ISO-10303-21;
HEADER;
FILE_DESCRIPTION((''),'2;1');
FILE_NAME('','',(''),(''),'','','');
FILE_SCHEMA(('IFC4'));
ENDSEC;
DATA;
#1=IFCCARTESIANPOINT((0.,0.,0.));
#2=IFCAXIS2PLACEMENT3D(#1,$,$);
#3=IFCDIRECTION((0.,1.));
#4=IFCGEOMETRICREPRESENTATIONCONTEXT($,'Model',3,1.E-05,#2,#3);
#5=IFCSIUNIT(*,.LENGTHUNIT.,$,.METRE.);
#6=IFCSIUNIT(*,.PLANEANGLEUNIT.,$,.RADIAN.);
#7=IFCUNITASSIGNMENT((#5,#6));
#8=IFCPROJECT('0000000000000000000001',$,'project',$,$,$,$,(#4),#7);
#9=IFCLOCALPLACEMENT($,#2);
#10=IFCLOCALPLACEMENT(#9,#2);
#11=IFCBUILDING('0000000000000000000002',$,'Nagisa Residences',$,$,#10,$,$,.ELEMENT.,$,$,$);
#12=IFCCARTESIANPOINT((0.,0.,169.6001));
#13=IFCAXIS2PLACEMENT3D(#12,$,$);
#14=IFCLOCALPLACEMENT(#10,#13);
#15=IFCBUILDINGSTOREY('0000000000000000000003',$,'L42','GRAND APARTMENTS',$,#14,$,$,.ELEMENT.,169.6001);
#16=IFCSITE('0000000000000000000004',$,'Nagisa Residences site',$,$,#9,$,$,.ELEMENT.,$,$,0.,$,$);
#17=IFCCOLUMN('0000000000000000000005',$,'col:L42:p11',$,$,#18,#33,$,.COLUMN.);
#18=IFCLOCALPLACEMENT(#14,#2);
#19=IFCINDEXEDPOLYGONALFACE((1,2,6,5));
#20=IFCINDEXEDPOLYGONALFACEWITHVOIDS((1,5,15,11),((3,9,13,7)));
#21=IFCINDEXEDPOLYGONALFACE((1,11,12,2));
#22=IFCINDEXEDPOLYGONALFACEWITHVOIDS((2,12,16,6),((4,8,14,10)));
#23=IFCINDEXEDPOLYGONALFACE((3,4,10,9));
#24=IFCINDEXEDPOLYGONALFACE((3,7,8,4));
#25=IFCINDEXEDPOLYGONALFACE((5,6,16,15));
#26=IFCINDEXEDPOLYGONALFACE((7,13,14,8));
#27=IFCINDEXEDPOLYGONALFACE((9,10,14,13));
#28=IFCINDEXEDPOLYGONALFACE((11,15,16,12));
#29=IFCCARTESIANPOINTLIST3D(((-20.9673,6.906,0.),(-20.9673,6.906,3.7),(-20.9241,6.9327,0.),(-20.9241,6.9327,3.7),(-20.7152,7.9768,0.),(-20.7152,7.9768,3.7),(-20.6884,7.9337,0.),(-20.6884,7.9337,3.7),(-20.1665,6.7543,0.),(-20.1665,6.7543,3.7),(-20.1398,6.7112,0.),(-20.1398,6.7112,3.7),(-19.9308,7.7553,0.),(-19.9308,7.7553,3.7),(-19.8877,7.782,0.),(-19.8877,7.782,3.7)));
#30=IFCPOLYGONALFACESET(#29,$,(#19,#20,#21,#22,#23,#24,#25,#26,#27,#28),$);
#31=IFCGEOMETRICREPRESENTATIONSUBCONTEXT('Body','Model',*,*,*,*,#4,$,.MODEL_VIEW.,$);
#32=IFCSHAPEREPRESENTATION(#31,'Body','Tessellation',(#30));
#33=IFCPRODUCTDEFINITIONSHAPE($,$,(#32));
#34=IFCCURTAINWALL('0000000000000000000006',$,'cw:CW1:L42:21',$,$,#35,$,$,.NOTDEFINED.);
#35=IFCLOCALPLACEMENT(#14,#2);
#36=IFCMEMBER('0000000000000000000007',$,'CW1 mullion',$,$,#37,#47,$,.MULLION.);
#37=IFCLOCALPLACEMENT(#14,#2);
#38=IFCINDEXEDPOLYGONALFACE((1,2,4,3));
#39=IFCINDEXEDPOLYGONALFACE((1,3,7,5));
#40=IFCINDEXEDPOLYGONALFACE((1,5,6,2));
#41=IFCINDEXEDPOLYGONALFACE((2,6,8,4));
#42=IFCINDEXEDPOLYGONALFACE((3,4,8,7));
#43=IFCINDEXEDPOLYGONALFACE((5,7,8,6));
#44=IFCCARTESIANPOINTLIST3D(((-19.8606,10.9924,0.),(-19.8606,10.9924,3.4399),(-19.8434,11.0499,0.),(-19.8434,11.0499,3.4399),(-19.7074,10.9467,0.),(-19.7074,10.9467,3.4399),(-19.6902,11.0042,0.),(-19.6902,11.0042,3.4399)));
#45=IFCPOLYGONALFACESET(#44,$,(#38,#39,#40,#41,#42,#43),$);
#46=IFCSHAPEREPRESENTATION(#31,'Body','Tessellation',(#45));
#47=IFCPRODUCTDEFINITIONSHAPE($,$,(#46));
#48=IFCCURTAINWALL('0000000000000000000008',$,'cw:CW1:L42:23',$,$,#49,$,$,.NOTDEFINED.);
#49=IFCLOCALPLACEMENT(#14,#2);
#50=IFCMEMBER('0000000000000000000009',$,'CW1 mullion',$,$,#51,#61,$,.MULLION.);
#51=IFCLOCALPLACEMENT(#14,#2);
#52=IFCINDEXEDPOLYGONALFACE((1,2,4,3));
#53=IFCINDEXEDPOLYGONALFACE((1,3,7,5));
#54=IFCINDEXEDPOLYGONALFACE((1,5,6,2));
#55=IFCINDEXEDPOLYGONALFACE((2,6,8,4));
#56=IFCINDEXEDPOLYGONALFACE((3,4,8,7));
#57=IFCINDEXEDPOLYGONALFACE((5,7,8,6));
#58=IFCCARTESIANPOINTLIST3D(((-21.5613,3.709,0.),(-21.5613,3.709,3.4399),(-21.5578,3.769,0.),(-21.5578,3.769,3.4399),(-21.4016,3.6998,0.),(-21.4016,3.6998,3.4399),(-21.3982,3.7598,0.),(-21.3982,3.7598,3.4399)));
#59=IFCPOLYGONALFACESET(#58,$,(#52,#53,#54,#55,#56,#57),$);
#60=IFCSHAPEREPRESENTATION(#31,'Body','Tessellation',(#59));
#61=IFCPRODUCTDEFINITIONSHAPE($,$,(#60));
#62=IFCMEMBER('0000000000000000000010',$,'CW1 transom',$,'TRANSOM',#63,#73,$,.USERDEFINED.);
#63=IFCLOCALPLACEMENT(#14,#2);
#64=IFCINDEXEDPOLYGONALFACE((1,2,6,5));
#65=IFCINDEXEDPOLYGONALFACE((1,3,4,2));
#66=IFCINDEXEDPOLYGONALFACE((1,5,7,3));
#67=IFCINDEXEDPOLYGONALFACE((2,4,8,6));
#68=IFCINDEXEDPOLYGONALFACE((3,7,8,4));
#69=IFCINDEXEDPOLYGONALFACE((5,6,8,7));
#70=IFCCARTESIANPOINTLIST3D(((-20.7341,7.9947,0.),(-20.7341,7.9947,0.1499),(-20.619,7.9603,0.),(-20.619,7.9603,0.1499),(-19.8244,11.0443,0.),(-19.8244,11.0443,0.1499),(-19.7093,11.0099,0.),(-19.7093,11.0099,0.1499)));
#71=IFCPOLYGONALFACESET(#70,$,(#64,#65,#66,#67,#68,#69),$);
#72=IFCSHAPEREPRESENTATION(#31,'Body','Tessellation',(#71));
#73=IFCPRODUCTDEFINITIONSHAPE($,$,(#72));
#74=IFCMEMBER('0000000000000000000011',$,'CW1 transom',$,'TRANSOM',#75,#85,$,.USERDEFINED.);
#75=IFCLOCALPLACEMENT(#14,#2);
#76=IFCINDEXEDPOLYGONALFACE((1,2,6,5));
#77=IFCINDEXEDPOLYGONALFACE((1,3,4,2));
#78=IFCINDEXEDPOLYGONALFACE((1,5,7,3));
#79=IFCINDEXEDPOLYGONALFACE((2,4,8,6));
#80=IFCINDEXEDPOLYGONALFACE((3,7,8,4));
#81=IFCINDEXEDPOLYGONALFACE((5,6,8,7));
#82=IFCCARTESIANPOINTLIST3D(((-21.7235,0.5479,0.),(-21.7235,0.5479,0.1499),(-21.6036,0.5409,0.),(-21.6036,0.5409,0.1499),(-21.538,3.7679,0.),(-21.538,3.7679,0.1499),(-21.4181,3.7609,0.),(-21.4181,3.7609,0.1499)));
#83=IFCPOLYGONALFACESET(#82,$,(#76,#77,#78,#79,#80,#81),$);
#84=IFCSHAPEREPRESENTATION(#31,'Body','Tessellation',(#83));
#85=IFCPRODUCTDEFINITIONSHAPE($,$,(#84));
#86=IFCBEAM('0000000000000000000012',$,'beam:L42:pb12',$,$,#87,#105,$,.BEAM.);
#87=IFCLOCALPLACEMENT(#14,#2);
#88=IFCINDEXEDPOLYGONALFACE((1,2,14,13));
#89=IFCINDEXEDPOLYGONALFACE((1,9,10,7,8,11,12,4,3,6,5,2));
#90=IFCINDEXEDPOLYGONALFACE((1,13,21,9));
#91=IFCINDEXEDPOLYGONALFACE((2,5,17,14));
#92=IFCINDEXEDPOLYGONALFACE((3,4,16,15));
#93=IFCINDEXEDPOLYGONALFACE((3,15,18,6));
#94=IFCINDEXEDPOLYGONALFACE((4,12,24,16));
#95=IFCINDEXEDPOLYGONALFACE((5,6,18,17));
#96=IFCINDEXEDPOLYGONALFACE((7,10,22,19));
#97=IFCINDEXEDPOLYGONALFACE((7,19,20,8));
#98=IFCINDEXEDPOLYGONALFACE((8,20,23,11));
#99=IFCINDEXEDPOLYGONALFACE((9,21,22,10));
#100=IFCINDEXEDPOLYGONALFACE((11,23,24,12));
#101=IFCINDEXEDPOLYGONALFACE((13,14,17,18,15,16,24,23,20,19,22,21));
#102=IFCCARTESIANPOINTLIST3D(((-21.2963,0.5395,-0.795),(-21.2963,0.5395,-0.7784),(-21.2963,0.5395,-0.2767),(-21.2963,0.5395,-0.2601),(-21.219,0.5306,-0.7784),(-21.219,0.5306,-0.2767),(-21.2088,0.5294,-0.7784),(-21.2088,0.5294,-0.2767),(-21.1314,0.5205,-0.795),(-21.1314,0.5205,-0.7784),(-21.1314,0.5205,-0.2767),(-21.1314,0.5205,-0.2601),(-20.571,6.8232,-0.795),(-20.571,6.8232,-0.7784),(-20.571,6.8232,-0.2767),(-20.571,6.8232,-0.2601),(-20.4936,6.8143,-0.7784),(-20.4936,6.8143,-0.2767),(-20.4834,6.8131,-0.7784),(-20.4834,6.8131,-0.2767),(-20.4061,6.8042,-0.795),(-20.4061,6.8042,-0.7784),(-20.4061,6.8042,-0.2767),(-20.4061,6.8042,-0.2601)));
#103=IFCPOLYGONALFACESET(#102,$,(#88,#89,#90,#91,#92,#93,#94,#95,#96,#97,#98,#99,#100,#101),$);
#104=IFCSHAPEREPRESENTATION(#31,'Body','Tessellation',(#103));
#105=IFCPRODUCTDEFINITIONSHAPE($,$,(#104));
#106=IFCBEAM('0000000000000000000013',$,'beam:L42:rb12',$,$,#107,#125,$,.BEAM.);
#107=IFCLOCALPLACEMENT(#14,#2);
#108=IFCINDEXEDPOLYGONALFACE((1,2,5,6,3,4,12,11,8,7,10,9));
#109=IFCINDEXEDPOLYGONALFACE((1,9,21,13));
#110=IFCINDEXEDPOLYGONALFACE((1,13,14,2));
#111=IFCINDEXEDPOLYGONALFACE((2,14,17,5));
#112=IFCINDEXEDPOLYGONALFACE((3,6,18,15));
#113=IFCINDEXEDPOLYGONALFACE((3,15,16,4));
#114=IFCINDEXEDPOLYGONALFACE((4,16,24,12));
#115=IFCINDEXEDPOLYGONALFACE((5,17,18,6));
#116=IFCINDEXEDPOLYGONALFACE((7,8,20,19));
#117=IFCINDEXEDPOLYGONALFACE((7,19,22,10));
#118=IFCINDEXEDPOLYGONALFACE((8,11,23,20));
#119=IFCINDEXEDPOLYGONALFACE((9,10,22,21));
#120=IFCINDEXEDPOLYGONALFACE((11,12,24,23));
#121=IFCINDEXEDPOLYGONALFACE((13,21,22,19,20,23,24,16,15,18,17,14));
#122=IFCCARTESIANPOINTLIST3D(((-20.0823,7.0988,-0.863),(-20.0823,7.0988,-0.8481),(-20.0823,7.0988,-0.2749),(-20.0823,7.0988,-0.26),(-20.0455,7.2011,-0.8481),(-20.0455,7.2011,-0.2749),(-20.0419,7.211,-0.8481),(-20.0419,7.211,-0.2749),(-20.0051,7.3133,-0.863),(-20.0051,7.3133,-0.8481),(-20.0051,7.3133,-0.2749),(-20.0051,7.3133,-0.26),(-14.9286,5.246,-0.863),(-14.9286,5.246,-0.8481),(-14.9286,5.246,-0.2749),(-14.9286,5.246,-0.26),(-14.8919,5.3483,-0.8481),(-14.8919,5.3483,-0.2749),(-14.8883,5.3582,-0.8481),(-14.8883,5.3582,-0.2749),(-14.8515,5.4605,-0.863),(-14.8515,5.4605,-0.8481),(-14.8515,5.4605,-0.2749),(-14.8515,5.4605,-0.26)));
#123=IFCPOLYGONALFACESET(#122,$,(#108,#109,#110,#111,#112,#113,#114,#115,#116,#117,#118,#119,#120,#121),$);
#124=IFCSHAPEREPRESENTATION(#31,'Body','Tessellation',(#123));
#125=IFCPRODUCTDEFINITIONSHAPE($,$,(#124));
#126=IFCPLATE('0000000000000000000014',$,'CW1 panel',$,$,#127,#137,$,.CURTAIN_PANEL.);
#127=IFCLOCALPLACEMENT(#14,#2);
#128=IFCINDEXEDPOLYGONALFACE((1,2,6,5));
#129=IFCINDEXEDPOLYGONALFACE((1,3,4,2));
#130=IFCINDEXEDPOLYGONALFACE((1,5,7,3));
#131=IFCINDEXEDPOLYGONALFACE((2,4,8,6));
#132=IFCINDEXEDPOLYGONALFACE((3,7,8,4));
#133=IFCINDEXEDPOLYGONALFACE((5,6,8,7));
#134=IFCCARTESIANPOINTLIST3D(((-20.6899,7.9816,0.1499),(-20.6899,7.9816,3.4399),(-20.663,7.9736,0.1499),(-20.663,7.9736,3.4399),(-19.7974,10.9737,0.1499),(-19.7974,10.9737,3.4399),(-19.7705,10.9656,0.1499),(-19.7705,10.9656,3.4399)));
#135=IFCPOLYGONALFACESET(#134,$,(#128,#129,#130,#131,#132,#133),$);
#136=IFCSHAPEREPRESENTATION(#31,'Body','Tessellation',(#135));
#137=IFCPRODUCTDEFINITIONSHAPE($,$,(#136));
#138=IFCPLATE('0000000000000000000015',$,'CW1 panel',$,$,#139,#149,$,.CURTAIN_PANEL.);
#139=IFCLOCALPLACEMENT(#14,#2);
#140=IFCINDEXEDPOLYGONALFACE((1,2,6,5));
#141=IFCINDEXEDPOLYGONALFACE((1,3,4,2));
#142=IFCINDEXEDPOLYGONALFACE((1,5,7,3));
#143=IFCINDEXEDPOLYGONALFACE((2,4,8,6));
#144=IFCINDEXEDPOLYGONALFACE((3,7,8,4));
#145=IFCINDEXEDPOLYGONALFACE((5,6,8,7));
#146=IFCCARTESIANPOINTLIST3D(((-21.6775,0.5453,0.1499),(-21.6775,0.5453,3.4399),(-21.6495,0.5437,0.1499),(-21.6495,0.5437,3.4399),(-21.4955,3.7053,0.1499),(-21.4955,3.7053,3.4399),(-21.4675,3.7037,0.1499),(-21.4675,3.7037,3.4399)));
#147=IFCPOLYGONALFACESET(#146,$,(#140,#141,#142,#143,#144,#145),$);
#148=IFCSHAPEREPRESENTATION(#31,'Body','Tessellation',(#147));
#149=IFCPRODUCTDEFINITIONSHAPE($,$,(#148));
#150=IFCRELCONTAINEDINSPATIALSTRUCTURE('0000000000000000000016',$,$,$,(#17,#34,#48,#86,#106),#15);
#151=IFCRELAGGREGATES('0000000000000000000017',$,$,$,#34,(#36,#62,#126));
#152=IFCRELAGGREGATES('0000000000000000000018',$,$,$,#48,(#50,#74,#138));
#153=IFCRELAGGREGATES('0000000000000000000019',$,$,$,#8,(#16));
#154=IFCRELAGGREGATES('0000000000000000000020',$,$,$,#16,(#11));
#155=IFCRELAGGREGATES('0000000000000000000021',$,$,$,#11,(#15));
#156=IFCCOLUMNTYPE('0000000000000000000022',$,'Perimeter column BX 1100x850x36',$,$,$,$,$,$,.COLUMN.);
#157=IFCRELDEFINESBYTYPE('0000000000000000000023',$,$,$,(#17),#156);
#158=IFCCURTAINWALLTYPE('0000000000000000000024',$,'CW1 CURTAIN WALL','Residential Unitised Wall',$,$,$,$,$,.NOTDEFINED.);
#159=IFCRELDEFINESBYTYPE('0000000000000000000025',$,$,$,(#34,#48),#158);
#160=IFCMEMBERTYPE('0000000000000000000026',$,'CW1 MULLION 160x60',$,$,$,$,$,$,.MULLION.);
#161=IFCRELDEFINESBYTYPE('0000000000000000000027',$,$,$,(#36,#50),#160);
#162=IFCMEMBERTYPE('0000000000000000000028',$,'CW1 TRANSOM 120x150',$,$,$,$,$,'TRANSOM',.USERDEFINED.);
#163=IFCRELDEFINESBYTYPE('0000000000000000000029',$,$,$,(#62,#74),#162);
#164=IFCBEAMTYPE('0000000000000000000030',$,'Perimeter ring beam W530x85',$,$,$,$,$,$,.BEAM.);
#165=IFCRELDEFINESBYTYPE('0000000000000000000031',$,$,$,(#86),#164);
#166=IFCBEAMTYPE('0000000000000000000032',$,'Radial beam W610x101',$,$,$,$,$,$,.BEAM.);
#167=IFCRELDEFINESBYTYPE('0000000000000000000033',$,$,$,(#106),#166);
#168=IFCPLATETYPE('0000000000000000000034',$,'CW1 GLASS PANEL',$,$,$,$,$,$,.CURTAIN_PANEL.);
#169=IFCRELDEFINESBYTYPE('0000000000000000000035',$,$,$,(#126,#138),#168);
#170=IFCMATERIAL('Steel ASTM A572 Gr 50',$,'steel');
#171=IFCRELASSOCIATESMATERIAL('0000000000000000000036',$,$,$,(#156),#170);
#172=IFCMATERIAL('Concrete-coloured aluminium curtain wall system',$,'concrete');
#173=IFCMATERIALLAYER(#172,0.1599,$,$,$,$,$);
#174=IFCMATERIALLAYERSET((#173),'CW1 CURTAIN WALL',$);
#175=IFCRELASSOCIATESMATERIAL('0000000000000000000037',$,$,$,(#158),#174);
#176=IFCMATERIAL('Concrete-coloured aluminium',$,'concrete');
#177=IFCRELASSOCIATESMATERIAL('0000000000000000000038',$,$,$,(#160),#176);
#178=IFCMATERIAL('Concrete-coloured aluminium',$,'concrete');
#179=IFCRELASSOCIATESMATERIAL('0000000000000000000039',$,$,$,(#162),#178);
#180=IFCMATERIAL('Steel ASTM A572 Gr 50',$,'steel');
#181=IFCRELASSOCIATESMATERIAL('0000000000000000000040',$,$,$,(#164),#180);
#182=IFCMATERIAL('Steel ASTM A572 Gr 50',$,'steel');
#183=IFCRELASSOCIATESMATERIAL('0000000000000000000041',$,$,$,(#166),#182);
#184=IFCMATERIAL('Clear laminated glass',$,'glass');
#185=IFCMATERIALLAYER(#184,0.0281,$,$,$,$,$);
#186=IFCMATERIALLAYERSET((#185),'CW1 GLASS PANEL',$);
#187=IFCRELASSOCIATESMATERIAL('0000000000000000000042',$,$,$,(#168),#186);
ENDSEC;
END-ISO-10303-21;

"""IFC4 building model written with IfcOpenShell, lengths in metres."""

from ifc_helpers import new_model, si_unit, direction, frame, origin, origin_2d, place, context, subcontext, project, spatial, rectangle, hollow_rectangle, i_section, extrude, material, layer, layer_set, material_profile, profile_set, type_object, element, aggregate, save


model = new_model("IFC4")

# Units and contexts
model_context = context("Model", 3, precision=1e-05, world=origin(), true_north=direction((0.0, 1.0)))
body_context = subcontext(model_context, "Body", "Model", "MODEL_VIEW")
ifc_project = project(units=[si_unit("LENGTHUNIT", "METRE"), si_unit("PLANEANGLEUNIT", "RADIAN")], contexts=[model_context])

# Site, building, storey
site_placement = place(None, origin())
site = spatial("IfcSite", under=ifc_project, at=site_placement, Name="Nagisa Residences site", CompositionType="ELEMENT", RefElevation=0.0)
building_placement = place(site_placement, origin())
building = spatial("IfcBuilding", under=site, at=building_placement, Name="Nagisa Residences", CompositionType="ELEMENT")
storey_placement = place(building_placement, frame((0.0, 0.0, 169.6001)))
storey = spatial("IfcBuildingStorey", under=building, at=storey_placement, Name="L42", Description="GRAND APARTMENTS", CompositionType="ELEMENT", Elevation=169.6001)

# Column
ifc_material_1 = material(Name="Steel ASTM A572 Gr 50", Category="steel")
ifc_material_profile_1 = material_profile(ifc_material_1, hollow_rectangle(XDim=1.1001, YDim=0.8501, WallThickness=0.0359, at=origin_2d()), Name="BX 1100x850x36")
ifc_profile_set_1 = profile_set([ifc_material_profile_1], Name="Steel ASTM A572 Gr 50")
column_type = type_object("IfcColumnType", Name="Perimeter column BX 1100x850x36", PredefinedType="COLUMN", material=ifc_profile_set_1)
column_placement = place(storey_placement, frame((-20.4275, 7.344, 0.0), z_axis=(0.0, 0.0, 1.0), x_axis=(-0.229202, -0.973379, 0.0)))
element("IfcColumn", 1, at=column_placement, inside=storey, type_object=column_type, Name="col:L42:p11", PredefinedType="COLUMN", context=body_context, shape_type="SweptSolid", body=[
    extrude(hollow_rectangle(XDim=1.1001, YDim=0.8501, WallThickness=0.0359, at=origin_2d()), origin(), (0.0, 0.0, 1.0), 3.7),
])

# Curtain walls, members
ifc_material_2 = material(Name="Concrete-coloured aluminium curtain wall system", Category="concrete")
ifc_layer_1 = layer(ifc_material_2, 0.1599)
ifc_layer_set_1 = layer_set([ifc_layer_1], Name="CW1 CURTAIN WALL")
curtain_wall_type = type_object("IfcCurtainWallType", Name="CW1 CURTAIN WALL", Description="Residential Unitised Wall", PredefinedType="NOTDEFINED", material=ifc_layer_set_1)
curtain_wall_1_placement = place(storey_placement, origin())
curtain_wall_1 = element("IfcCurtainWall", 2, at=curtain_wall_1_placement, inside=storey, type_object=curtain_wall_type, Name="cw:CW1:L42:21", PredefinedType="NOTDEFINED")
ifc_material_3 = material(Name="Concrete-coloured aluminium", Category="concrete")
ifc_material_profile_2 = material_profile(ifc_material_3, rectangle(XDim=0.1599, YDim=0.0601, at=origin_2d()), Name="CW1 MULLION 160x60")
ifc_profile_set_2 = profile_set([ifc_material_profile_2], Name="Concrete-coloured aluminium")
member_type_1 = type_object("IfcMemberType", Name="CW1 MULLION 160x60", PredefinedType="MULLION", material=ifc_profile_set_2)
member_1_placement = place(storey_placement, frame((-19.7754, 10.9983, 0.0), z_axis=(0.0, 0.0, 1.0), x_axis=(0.958271, -0.28586, 0.0)))
member_1 = element("IfcMember", 3, at=member_1_placement, type_object=member_type_1, Name="CW1 mullion", PredefinedType="MULLION", context=body_context, shape_type="SweptSolid", body=[
    extrude(rectangle(XDim=0.1599, YDim=0.0601, at=origin_2d()), origin(), (0.0, 0.0, 1.0), 3.4399),
])
curtain_wall_2_placement = place(storey_placement, origin())
curtain_wall_2 = element("IfcCurtainWall", 4, at=curtain_wall_2_placement, inside=storey, type_object=curtain_wall_type, Name="cw:CW1:L42:23", PredefinedType="NOTDEFINED")
member_2_placement = place(storey_placement, frame((-21.4797, 3.7344, 0.0), z_axis=(0.0, 0.0, 1.0), x_axis=(0.998345, -0.057503, 0.0)))
member_2 = element("IfcMember", 5, at=member_2_placement, type_object=member_type_1, Name="CW1 mullion", PredefinedType="MULLION", context=body_context, shape_type="SweptSolid", body=[
    extrude(rectangle(XDim=0.1599, YDim=0.0601, at=origin_2d()), origin(), (0.0, 0.0, 1.0), 3.4399),
])

# Members
ifc_material_4 = material(Name="Concrete-coloured aluminium", Category="concrete")
ifc_material_profile_3 = material_profile(ifc_material_4, rectangle(XDim=0.1201, YDim=0.1499, at=origin_2d()), Name="CW1 TRANSOM 120x150")
ifc_profile_set_3 = profile_set([ifc_material_profile_3], Name="Concrete-coloured aluminium")
member_type_2 = type_object("IfcMemberType", Name="CW1 TRANSOM 120x150", ElementType="TRANSOM", PredefinedType="USERDEFINED", material=ifc_profile_set_3)
member_3_placement = place(storey_placement, frame((-19.7668, 11.0271, 0.075), z_axis=(-0.285848, -0.958275, 0.0), x_axis=(0.958275, -0.285848, 0.0)))
member_3 = element("IfcMember", 6, at=member_3_placement, type_object=member_type_2, Name="CW1 transom", ObjectType="TRANSOM", PredefinedType="USERDEFINED", context=body_context, shape_type="SweptSolid", body=[
    extrude(rectangle(XDim=0.1201, YDim=0.1499, at=origin_2d()), origin(), (0.0, 0.0, 1.0), 3.1824),
])
member_4_placement = place(storey_placement, frame((-21.478, 3.7644, 0.075), z_axis=(-0.057528, -0.998344, 0.0), x_axis=(0.998344, -0.057528, 0.0)))
member_4 = element("IfcMember", 7, at=member_4_placement, type_object=member_type_2, Name="CW1 transom", ObjectType="TRANSOM", PredefinedType="USERDEFINED", context=body_context, shape_type="SweptSolid", body=[
    extrude(rectangle(XDim=0.1201, YDim=0.1499, at=origin_2d()), origin(), (0.0, 0.0, 1.0), 3.2253),
])

# Beams
ifc_material_5 = material(Name="Steel ASTM A572 Gr 50", Category="steel")
ifc_material_profile_4 = material_profile(ifc_material_5, i_section(OverallWidth=0.166, OverallDepth=0.5349, WebThickness=0.0103, FlangeThickness=0.0166, at=origin_2d()), Name="W530x85")
ifc_profile_set_4 = profile_set([ifc_material_profile_4], Name="Steel ASTM A572 Gr 50")
beam_type_1 = type_object("IfcBeamType", Name="Perimeter ring beam W530x85", PredefinedType="BEAM", material=ifc_profile_set_4)
beam_1_placement = place(storey_placement, frame((-20.4885, 6.8137, -0.5276), z_axis=(-0.114671, -0.993404, 0.0), x_axis=(0.993404, -0.114671, 0.0)))
element("IfcBeam", 8, at=beam_1_placement, inside=storey, type_object=beam_type_1, Name="beam:L42:pb12", PredefinedType="BEAM", context=body_context, shape_type="SweptSolid", body=[
    extrude(i_section(OverallWidth=0.166, OverallDepth=0.5349, WebThickness=0.0103, FlangeThickness=0.0166, at=origin_2d()), origin(), (0.0, 0.0, 1.0), 6.3254),
])
ifc_material_6 = material(Name="Steel ASTM A572 Gr 50", Category="steel")
ifc_material_profile_5 = material_profile(ifc_material_6, i_section(OverallWidth=0.228, OverallDepth=0.603, WebThickness=0.0105, FlangeThickness=0.0149, at=origin_2d()), Name="W610x101")
ifc_profile_set_5 = profile_set([ifc_material_profile_5], Name="Steel ASTM A572 Gr 50")
beam_type_2 = type_object("IfcBeamType", Name="Radial beam W610x101", PredefinedType="BEAM", material=ifc_profile_set_5)
beam_2_placement = place(storey_placement, frame((-20.0437, 7.2061, -0.5615), z_axis=(0.941033, -0.338315, 0.0), x_axis=(0.338315, 0.941033, 0.0)))
element("IfcBeam", 9, at=beam_2_placement, inside=storey, type_object=beam_type_2, Name="beam:L42:rb12", PredefinedType="BEAM", context=body_context, shape_type="SweptSolid", body=[
    extrude(i_section(OverallWidth=0.228, OverallDepth=0.603, WebThickness=0.0105, FlangeThickness=0.0149, at=origin_2d()), origin(), (0.0, 0.0, 1.0), 5.4766),
])

# Plates
ifc_material_7 = material(Name="Clear laminated glass", Category="glass")
ifc_layer_2 = layer(ifc_material_7, 0.0281)
ifc_layer_set_2 = layer_set([ifc_layer_2], Name="CW1 GLASS PANEL")
plate_type = type_object("IfcPlateType", Name="CW1 GLASS PANEL", PredefinedType="CURTAIN_PANEL", material=ifc_layer_set_2)
plate_1_placement = place(storey_placement, frame((-20.2302, 9.4736, 0.1499), z_axis=(0.0, 0.0, 1.0), x_axis=(-0.28586, -0.958271, 0.0)))
plate_1 = element("IfcPlate", 10, at=plate_1_placement, type_object=plate_type, Name="CW1 panel", PredefinedType="CURTAIN_PANEL", context=body_context, shape_type="SweptSolid", body=[
    extrude(rectangle(XDim=3.1223, YDim=0.0281, at=origin_2d()), origin(), (0.0, 0.0, 1.0), 3.29),
])
aggregate(curtain_wall_1, [member_1, member_3, plate_1])
plate_2_placement = place(storey_placement, frame((-21.5725, 2.1245, 0.1499), z_axis=(0.0, 0.0, 1.0), x_axis=(-0.057503, -0.998345, 0.0)))
plate_2 = element("IfcPlate", 11, at=plate_2_placement, type_object=plate_type, Name="CW1 panel", PredefinedType="CURTAIN_PANEL", context=body_context, shape_type="SweptSolid", body=[
    extrude(rectangle(XDim=3.1653, YDim=0.0281, at=origin_2d()), origin(), (0.0, 0.0, 1.0), 3.29),
])
aggregate(curtain_wall_2, [member_2, member_4, plate_2])

save(model, "model.ifc")
